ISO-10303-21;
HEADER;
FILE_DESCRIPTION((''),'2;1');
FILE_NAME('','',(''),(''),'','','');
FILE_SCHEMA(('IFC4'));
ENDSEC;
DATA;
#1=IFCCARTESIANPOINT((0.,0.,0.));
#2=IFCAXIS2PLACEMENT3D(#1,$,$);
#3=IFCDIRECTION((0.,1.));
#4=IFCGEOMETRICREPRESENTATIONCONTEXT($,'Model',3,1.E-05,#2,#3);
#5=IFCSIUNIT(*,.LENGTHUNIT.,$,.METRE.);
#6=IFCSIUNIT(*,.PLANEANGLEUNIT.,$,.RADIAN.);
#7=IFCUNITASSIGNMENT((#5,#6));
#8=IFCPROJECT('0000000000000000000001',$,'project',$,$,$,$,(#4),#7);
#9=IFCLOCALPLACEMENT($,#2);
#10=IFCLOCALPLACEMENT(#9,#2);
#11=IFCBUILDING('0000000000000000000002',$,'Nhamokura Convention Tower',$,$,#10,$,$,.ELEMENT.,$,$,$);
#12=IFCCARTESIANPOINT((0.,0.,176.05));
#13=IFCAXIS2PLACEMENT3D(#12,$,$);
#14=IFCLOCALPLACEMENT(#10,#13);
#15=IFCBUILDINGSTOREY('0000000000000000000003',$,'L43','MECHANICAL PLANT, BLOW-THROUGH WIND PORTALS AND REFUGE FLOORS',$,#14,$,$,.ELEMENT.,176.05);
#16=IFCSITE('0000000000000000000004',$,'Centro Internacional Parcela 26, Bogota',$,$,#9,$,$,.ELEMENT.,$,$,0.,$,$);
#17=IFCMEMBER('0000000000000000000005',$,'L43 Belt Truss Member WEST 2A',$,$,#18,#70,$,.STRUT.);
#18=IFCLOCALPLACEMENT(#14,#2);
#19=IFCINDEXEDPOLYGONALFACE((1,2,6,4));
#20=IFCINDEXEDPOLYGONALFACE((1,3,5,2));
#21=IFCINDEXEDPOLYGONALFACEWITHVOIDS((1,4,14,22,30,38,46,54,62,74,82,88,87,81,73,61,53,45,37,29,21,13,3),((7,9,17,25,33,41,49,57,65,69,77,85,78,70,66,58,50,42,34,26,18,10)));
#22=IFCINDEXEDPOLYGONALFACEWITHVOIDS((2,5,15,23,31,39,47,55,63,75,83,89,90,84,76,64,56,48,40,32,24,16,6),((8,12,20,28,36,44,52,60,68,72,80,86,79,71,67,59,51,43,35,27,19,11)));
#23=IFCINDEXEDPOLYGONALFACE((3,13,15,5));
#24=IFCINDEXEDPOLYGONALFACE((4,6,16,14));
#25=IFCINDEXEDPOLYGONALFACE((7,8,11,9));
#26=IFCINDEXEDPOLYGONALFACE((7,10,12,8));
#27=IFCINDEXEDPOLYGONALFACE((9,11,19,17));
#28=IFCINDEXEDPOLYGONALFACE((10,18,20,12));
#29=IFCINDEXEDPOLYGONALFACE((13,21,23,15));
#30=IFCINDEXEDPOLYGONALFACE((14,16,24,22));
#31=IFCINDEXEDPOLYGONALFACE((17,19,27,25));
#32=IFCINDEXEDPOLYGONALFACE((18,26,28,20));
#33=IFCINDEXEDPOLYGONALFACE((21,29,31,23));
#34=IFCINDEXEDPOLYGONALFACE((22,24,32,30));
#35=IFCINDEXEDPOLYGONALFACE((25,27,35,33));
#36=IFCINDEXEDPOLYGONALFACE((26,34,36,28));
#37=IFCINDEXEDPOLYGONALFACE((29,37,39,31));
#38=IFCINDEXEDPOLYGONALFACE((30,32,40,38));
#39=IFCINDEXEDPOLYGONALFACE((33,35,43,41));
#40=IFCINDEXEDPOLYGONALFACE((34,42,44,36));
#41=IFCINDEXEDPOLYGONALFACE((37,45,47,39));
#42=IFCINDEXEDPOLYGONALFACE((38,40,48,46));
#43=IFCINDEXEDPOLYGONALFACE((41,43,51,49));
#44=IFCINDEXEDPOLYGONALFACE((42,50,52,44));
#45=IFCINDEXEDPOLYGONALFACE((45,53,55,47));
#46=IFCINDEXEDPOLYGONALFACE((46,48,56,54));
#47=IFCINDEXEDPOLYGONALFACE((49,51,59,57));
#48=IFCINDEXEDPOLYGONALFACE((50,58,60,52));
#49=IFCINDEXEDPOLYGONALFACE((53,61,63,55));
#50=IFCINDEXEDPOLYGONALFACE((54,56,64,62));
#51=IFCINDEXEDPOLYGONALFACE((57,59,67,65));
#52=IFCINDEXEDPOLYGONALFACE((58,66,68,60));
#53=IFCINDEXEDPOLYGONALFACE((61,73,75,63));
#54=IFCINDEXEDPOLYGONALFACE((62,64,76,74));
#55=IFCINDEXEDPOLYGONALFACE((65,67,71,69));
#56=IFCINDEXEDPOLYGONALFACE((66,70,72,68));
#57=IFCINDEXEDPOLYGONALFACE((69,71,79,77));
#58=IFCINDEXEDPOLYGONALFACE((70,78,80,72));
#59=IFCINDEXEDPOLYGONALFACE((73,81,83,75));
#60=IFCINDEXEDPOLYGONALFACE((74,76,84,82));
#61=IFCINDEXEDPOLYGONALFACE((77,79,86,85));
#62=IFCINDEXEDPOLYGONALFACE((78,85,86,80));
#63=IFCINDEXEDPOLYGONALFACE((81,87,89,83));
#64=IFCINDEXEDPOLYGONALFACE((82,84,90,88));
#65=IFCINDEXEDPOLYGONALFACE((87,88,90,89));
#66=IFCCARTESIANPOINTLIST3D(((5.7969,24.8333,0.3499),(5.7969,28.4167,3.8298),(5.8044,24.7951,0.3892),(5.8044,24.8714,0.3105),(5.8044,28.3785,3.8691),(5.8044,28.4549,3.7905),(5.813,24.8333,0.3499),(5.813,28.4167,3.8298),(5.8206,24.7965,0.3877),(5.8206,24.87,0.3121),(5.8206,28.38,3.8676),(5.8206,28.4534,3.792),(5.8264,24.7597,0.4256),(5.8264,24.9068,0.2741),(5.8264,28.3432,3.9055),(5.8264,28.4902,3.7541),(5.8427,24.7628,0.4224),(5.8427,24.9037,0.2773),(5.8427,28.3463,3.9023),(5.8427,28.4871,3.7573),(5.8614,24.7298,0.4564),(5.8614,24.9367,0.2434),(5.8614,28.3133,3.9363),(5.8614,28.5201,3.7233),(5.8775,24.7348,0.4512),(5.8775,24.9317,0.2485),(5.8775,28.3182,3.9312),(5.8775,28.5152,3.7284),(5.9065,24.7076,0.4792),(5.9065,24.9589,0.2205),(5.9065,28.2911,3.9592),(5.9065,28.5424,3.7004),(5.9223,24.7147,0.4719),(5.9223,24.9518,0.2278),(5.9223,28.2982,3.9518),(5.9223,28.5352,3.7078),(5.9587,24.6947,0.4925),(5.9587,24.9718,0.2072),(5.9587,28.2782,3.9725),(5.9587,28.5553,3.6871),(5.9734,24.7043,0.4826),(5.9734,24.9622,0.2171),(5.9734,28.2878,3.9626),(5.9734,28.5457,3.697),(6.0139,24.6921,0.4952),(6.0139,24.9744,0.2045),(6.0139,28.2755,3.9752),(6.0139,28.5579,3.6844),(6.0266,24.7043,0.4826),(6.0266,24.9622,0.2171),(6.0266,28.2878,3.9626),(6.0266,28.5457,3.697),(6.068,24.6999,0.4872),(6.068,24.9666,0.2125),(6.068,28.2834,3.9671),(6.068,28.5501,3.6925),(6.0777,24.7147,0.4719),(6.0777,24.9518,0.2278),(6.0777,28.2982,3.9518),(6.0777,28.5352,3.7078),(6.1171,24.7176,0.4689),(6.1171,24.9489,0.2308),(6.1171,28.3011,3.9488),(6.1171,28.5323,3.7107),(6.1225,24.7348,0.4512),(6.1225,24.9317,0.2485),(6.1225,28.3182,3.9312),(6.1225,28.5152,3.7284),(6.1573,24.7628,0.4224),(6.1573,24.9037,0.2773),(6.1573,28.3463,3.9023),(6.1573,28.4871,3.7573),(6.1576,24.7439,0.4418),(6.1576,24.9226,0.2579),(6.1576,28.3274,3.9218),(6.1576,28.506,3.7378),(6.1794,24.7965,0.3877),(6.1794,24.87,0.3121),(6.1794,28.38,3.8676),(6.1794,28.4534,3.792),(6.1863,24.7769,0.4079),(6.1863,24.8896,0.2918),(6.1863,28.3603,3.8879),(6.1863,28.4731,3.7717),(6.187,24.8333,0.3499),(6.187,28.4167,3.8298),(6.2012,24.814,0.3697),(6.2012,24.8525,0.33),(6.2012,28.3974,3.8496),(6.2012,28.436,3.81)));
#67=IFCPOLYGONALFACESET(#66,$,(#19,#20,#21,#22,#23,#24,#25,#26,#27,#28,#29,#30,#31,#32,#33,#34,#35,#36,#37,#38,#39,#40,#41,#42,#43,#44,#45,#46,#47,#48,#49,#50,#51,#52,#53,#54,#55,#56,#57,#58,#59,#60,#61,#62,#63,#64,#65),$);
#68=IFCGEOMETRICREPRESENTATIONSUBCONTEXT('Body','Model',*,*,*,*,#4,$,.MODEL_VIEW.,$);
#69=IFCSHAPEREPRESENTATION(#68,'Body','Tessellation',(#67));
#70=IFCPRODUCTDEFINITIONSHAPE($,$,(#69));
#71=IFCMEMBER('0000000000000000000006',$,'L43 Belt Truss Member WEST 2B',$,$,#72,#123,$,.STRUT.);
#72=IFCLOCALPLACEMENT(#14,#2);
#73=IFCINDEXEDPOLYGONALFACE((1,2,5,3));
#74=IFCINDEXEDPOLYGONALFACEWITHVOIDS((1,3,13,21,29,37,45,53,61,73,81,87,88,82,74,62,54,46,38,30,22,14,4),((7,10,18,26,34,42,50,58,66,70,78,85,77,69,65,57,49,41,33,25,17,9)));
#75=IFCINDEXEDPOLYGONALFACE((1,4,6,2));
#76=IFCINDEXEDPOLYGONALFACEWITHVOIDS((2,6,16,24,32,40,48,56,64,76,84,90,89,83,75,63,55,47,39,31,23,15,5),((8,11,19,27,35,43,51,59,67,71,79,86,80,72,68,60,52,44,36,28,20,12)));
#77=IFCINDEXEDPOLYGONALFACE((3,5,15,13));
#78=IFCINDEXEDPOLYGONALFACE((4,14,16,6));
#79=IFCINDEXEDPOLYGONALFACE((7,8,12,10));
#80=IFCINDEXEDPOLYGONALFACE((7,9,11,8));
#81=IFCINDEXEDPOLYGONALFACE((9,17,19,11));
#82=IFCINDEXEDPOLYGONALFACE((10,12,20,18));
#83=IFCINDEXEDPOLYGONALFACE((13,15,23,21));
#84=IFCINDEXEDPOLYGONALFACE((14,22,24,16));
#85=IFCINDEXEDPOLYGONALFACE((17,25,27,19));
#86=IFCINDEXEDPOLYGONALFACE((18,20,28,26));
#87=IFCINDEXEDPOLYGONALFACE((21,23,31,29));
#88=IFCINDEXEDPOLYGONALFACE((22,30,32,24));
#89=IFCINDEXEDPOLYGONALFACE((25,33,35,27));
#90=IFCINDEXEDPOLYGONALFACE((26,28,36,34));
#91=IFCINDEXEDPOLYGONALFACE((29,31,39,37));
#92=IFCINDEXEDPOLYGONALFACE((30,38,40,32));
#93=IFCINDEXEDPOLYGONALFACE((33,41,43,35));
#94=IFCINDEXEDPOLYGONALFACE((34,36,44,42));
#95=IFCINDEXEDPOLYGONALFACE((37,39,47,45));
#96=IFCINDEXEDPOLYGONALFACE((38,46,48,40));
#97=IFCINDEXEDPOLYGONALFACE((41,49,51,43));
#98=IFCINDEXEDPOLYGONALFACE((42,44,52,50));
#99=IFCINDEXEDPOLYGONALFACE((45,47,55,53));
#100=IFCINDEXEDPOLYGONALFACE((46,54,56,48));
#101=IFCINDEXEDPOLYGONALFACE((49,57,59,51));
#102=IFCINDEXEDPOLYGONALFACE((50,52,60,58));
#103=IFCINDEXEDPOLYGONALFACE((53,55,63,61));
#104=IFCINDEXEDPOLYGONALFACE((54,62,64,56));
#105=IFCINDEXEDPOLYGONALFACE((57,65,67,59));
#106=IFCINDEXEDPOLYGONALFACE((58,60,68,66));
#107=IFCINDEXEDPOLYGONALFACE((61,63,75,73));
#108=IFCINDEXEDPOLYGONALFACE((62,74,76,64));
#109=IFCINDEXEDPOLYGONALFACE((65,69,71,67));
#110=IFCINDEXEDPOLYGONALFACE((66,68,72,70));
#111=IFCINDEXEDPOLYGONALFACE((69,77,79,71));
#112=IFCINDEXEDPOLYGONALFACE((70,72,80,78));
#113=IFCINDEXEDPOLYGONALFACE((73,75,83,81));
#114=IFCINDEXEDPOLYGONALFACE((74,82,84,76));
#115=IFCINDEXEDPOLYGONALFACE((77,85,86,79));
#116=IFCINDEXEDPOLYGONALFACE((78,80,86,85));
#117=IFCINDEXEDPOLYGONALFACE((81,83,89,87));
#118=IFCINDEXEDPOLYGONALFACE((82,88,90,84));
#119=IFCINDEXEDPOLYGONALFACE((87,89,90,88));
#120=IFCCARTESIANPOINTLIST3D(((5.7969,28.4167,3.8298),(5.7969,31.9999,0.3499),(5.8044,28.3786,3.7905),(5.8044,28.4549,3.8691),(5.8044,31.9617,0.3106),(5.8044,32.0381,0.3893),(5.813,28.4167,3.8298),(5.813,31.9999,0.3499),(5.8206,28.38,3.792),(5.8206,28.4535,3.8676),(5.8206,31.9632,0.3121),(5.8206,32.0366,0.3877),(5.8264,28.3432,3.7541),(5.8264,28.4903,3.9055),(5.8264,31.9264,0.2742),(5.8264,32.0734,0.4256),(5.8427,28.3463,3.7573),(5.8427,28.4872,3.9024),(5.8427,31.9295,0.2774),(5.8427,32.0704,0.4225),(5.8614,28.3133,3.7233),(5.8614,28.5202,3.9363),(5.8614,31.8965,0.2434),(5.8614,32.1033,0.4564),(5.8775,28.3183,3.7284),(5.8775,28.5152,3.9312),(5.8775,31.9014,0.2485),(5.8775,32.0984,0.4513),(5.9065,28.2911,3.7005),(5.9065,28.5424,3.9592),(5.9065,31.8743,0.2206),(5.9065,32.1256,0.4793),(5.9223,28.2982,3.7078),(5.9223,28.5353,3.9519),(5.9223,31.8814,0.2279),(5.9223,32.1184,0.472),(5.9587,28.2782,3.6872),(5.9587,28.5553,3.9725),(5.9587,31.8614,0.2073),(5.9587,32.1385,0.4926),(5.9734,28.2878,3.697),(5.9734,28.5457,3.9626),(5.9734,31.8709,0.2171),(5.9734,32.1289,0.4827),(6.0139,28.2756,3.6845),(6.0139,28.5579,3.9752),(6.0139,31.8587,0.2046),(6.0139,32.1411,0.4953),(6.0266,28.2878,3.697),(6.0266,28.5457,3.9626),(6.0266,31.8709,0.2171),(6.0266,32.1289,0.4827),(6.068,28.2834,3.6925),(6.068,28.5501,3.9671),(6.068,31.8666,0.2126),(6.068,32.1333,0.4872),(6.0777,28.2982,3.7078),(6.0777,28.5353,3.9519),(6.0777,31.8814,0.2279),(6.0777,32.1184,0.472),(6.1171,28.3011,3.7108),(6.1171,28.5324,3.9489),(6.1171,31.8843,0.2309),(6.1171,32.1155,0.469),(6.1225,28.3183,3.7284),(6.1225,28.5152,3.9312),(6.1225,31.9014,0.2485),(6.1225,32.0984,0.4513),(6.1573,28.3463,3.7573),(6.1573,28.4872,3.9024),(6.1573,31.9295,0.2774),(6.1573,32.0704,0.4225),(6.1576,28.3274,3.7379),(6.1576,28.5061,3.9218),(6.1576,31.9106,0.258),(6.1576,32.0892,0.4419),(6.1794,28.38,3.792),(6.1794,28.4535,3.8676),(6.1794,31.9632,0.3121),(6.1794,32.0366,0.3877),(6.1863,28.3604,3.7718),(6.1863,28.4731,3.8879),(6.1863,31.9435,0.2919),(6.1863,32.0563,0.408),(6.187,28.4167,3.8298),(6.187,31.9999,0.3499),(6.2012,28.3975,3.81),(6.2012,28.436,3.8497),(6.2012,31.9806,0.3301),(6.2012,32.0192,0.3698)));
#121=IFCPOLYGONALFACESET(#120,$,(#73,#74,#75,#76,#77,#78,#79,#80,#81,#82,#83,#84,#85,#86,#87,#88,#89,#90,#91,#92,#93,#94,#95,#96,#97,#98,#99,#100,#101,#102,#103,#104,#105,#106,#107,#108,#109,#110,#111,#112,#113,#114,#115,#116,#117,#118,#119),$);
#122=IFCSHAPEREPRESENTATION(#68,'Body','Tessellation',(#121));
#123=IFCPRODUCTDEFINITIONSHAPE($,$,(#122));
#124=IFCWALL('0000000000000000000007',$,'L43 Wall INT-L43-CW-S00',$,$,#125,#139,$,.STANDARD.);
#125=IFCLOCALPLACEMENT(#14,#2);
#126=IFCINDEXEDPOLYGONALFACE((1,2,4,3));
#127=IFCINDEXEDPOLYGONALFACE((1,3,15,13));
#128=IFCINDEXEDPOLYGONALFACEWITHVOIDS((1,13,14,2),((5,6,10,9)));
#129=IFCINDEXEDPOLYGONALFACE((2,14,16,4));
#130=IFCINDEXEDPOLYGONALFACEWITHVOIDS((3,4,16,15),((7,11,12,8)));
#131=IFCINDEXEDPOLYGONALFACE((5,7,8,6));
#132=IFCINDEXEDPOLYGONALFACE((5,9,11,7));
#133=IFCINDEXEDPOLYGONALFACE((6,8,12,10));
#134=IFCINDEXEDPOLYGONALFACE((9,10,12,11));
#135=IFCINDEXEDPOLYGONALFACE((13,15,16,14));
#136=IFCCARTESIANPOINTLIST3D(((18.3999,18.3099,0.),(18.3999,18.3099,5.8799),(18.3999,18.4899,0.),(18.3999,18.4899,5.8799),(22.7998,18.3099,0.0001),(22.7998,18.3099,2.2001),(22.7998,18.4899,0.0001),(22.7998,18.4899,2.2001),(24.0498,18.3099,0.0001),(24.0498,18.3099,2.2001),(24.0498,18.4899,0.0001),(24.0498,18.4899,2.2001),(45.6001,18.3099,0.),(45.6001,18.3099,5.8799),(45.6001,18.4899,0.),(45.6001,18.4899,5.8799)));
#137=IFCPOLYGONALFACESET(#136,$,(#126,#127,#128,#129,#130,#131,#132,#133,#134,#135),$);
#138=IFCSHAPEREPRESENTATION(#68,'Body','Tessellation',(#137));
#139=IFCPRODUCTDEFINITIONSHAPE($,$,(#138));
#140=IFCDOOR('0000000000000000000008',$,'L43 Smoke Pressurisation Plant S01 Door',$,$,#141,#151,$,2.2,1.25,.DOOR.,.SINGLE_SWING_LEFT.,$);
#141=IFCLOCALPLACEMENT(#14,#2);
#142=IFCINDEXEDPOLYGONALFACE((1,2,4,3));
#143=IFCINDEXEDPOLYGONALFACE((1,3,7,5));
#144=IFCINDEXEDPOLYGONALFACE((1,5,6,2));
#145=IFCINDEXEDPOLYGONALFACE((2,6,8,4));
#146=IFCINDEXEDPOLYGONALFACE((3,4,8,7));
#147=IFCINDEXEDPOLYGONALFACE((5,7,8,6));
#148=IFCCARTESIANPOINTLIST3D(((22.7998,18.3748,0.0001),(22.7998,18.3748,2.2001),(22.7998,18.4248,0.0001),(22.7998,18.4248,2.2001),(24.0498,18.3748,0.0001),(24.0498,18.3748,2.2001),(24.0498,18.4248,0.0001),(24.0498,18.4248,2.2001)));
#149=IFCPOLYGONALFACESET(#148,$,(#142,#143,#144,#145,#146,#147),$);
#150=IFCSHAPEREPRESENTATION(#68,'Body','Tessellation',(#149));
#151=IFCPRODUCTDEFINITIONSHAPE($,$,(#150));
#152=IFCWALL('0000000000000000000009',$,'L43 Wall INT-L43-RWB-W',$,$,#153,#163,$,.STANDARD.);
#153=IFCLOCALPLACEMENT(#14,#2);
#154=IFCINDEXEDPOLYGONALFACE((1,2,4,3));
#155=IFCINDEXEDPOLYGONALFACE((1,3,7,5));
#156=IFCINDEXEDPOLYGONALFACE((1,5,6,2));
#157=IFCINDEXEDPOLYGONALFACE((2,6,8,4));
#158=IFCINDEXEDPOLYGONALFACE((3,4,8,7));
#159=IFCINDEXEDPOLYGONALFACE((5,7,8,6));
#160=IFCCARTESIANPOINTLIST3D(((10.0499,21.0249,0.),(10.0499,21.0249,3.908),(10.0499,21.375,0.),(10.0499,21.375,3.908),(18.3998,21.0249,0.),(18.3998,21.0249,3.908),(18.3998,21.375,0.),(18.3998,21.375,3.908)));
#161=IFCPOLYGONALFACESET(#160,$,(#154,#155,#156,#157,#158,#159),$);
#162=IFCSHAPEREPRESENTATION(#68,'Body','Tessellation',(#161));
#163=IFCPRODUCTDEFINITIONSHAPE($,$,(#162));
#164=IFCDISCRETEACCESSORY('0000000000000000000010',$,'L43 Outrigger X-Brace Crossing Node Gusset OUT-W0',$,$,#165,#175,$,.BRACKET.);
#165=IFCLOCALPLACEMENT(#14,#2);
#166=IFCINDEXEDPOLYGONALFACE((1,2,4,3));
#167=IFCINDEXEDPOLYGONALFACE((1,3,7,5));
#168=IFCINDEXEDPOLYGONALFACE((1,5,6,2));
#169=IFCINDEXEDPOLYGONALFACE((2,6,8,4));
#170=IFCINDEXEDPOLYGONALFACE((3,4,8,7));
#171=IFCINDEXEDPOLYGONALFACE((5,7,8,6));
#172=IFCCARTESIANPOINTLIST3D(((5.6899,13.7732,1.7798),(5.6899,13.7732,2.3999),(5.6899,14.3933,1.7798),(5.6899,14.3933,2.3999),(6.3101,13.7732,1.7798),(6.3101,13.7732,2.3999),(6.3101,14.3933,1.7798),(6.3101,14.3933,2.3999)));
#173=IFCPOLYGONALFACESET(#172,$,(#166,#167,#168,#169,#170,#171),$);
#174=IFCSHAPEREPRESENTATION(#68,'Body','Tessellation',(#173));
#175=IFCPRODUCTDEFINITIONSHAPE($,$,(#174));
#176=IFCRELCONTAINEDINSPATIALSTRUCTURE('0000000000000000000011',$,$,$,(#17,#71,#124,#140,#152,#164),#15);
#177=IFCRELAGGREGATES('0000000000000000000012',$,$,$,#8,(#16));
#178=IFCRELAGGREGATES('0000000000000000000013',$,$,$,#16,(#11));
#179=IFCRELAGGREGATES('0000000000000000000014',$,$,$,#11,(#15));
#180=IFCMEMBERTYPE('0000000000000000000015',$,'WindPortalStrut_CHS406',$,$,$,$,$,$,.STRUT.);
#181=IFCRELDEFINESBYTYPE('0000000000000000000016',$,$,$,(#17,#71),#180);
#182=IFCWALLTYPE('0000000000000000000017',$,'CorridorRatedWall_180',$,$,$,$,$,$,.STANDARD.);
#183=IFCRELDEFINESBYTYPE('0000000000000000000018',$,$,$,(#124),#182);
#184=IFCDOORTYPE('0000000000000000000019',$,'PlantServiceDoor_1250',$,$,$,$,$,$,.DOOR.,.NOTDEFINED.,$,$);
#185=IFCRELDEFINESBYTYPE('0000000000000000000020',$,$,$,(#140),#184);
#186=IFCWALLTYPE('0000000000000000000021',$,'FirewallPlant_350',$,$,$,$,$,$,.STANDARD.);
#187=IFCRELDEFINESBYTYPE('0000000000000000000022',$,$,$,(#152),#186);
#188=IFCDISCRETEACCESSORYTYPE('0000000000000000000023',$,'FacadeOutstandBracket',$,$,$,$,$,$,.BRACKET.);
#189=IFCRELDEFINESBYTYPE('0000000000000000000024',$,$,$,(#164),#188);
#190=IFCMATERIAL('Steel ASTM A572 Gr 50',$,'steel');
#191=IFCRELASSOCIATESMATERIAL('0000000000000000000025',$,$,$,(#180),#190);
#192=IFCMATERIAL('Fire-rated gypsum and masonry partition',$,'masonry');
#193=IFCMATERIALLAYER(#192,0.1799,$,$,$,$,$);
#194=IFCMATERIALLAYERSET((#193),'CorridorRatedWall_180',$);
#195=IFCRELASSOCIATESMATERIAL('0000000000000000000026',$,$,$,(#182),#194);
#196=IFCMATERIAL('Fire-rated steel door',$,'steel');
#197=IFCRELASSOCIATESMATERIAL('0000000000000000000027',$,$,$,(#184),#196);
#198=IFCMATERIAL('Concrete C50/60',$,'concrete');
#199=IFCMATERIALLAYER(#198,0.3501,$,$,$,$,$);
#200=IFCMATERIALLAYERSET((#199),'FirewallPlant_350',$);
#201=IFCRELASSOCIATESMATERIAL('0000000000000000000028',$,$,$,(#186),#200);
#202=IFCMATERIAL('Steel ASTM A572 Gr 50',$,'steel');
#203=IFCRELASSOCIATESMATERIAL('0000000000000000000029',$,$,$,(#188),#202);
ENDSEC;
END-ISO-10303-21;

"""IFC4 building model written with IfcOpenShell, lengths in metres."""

from ifc_helpers import new_model, si_unit, direction, frame, frame_2d, origin, origin_2d, place, context, subcontext, project, spatial, rectangle, hollow_circle, extrude, material, layer, layer_set, material_profile, profile_set, type_object, element, fill, save


model = new_model("IFC4")

# Units and contexts
model_context = context("Model", 3, precision=1e-05, world=origin(), true_north=direction((0.0, 1.0)))
body_context = subcontext(model_context, "Body", "Model", "MODEL_VIEW")
ifc_project = project(units=[si_unit("LENGTHUNIT", "METRE"), si_unit("PLANEANGLEUNIT", "RADIAN")], contexts=[model_context])

# Site, building, storey
site_placement = place(None, origin())
site = spatial("IfcSite", under=ifc_project, at=site_placement, Name="Centro Internacional Parcela 26, Bogota", CompositionType="ELEMENT", RefElevation=0.0)
building_placement = place(site_placement, origin())
building = spatial("IfcBuilding", under=site, at=building_placement, Name="Nhamokura Convention Tower", CompositionType="ELEMENT")
storey_placement = place(building_placement, frame((0.0, 0.0, 176.05)))
storey = spatial("IfcBuildingStorey", under=building, at=storey_placement, Name="L43", Description="MECHANICAL PLANT, BLOW-THROUGH WIND PORTALS AND REFUGE FLOORS", CompositionType="ELEMENT", Elevation=176.05)

# Members
ifc_material_1 = material(Name="Steel ASTM A572 Gr 50", Category="steel")
ifc_material_profile_1 = material_profile(ifc_material_1, hollow_circle(Radius=0.2031, WallThickness=0.0161, at=origin_2d()))
ifc_profile_set_1 = profile_set([ifc_material_profile_1], Name="Steel ASTM A572 Gr 50")
member_type_1 = type_object("IfcMemberType", Name="WindPortalStrut_CHS406", PredefinedType="STRUT", material=ifc_profile_set_1)
member_1_placement = place(storey_placement, frame((6.0, 24.8333, 0.3499), z_axis=(0.0, 0.717392, 0.696669), x_axis=(-1.0, 0.0, 0.0)))
element("IfcMember", 1, at=member_1_placement, inside=storey, type_object=member_type_1, Name="L43 Belt Truss Member WEST 2A", PredefinedType="STRUT", context=body_context, shape_type="SweptSolid", body=[
    extrude(hollow_circle(Radius=0.2031, WallThickness=0.0161, at=origin_2d()), origin(), (0.0, 0.0, 1.0), 4.9951),
])
member_2_placement = place(storey_placement, frame((6.0, 28.4167, 3.8298), z_axis=(0.0, 0.717369, -0.696694), x_axis=(-1.0, 0.0, 0.0)))
element("IfcMember", 2, at=member_2_placement, inside=storey, type_object=member_type_1, Name="L43 Belt Truss Member WEST 2B", PredefinedType="STRUT", context=body_context, shape_type="SweptSolid", body=[
    extrude(hollow_circle(Radius=0.2031, WallThickness=0.0161, at=origin_2d()), origin(), (0.0, 0.0, 1.0), 4.9949),
])

# Wall, opening, door
ifc_material_2 = material(Name="Fire-rated gypsum and masonry partition", Category="masonry")
ifc_layer_1 = layer(ifc_material_2, 0.1799)
ifc_layer_set_1 = layer_set([ifc_layer_1], Name="CorridorRatedWall_180")
wall_type_1 = type_object("IfcWallType", Name="CorridorRatedWall_180", PredefinedType="STANDARD", material=ifc_layer_set_1)
wall_1_placement = place(storey_placement, frame((18.3999, 18.3999, 0.0), z_axis=(0.0, 0.0, 1.0), x_axis=(1.0, 0.0, 0.0)))
wall_1 = element("IfcWall", 3, at=wall_1_placement, inside=storey, type_object=wall_type_1, Name="L43 Wall INT-L43-CW-S00", PredefinedType="STANDARD", context=body_context, shape_type="SweptSolid", body=[
    extrude(rectangle(XDim=27.2002, YDim=0.1799, at=frame_2d((13.6001, 0.0))), origin(), (0.0, 0.0, 1.0), 5.8799),
])
opening_placement = place(wall_1_placement, frame((4.3999, 0.0, 0.0)))
opening = element("IfcOpeningElement", 4, at=opening_placement, cuts=wall_1, PredefinedType="OPENING", context=body_context, shape_type="SweptSolid", body=[
    extrude(rectangle(XDim=1.25, YDim=2.2, at=frame_2d((0.625, 1.1001))), frame((0.0, 0.0999, 0.0), z_axis=(0.0, -1.0, 0.0), x_axis=(1.0, 0.0, 0.0)), (0.0, 0.0, 1.0), 0.2),
])
ifc_material_3 = material(Name="Fire-rated steel door", Category="steel")
door_type = type_object("IfcDoorType", Name="PlantServiceDoor_1250", OperationType="NOTDEFINED", PredefinedType="DOOR", material=ifc_material_3)
door_placement = place(opening_placement, origin())
door = element("IfcDoor", 5, at=door_placement, inside=storey, type_object=door_type, Name="L43 Smoke Pressurisation Plant S01 Door", OperationType="SINGLE_SWING_LEFT", OverallHeight=2.2, OverallWidth=1.25, PredefinedType="DOOR", context=body_context, shape_type="SweptSolid", body=[
    extrude(rectangle(XDim=1.25, YDim=2.2, at=frame_2d((0.625, 1.1001))), frame((0.0, 0.0249, 0.0), z_axis=(0.0, -1.0, 0.0), x_axis=(1.0, 0.0, 0.0)), (0.0, 0.0, 1.0), 0.05),
])
fill(opening, door)

# Wall
ifc_material_4 = material(Name="Concrete C50/60", Category="concrete")
ifc_layer_2 = layer(ifc_material_4, 0.3501)
ifc_layer_set_2 = layer_set([ifc_layer_2], Name="FirewallPlant_350")
wall_type_2 = type_object("IfcWallType", Name="FirewallPlant_350", PredefinedType="STANDARD", material=ifc_layer_set_2)
wall_2_placement = place(storey_placement, frame((10.05, 21.2, 0.0), z_axis=(0.0, 0.0, 1.0), x_axis=(1.0, 0.0, 0.0)))
element("IfcWall", 6, at=wall_2_placement, inside=storey, type_object=wall_type_2, Name="L43 Wall INT-L43-RWB-W", PredefinedType="STANDARD", context=body_context, shape_type="SweptSolid", body=[
    extrude(rectangle(XDim=8.3499, YDim=0.3501, at=frame_2d((4.1748, 0.0))), origin(), (0.0, 0.0, 1.0), 3.908),
])

# Discrete accessory
ifc_material_5 = material(Name="Steel ASTM A572 Gr 50", Category="steel")
discrete_accessory_type = type_object("IfcDiscreteAccessoryType", Name="FacadeOutstandBracket", PredefinedType="BRACKET", material=ifc_material_5)
discrete_accessory_placement = place(storey_placement, frame((6.0, 14.0833, 1.7798), z_axis=(0.0, 0.0, 1.0), x_axis=(1.0, 0.0, 0.0)))
element("IfcDiscreteAccessory", 7, at=discrete_accessory_placement, inside=storey, type_object=discrete_accessory_type, Name="L43 Outrigger X-Brace Crossing Node Gusset OUT-W0", PredefinedType="BRACKET", context=body_context, shape_type="SweptSolid", body=[
    extrude(rectangle(XDim=0.6201, YDim=0.6201, at=origin_2d()), origin(), (0.0, 0.0, 1.0), 0.6201),
])

save(model, "model.ifc")
